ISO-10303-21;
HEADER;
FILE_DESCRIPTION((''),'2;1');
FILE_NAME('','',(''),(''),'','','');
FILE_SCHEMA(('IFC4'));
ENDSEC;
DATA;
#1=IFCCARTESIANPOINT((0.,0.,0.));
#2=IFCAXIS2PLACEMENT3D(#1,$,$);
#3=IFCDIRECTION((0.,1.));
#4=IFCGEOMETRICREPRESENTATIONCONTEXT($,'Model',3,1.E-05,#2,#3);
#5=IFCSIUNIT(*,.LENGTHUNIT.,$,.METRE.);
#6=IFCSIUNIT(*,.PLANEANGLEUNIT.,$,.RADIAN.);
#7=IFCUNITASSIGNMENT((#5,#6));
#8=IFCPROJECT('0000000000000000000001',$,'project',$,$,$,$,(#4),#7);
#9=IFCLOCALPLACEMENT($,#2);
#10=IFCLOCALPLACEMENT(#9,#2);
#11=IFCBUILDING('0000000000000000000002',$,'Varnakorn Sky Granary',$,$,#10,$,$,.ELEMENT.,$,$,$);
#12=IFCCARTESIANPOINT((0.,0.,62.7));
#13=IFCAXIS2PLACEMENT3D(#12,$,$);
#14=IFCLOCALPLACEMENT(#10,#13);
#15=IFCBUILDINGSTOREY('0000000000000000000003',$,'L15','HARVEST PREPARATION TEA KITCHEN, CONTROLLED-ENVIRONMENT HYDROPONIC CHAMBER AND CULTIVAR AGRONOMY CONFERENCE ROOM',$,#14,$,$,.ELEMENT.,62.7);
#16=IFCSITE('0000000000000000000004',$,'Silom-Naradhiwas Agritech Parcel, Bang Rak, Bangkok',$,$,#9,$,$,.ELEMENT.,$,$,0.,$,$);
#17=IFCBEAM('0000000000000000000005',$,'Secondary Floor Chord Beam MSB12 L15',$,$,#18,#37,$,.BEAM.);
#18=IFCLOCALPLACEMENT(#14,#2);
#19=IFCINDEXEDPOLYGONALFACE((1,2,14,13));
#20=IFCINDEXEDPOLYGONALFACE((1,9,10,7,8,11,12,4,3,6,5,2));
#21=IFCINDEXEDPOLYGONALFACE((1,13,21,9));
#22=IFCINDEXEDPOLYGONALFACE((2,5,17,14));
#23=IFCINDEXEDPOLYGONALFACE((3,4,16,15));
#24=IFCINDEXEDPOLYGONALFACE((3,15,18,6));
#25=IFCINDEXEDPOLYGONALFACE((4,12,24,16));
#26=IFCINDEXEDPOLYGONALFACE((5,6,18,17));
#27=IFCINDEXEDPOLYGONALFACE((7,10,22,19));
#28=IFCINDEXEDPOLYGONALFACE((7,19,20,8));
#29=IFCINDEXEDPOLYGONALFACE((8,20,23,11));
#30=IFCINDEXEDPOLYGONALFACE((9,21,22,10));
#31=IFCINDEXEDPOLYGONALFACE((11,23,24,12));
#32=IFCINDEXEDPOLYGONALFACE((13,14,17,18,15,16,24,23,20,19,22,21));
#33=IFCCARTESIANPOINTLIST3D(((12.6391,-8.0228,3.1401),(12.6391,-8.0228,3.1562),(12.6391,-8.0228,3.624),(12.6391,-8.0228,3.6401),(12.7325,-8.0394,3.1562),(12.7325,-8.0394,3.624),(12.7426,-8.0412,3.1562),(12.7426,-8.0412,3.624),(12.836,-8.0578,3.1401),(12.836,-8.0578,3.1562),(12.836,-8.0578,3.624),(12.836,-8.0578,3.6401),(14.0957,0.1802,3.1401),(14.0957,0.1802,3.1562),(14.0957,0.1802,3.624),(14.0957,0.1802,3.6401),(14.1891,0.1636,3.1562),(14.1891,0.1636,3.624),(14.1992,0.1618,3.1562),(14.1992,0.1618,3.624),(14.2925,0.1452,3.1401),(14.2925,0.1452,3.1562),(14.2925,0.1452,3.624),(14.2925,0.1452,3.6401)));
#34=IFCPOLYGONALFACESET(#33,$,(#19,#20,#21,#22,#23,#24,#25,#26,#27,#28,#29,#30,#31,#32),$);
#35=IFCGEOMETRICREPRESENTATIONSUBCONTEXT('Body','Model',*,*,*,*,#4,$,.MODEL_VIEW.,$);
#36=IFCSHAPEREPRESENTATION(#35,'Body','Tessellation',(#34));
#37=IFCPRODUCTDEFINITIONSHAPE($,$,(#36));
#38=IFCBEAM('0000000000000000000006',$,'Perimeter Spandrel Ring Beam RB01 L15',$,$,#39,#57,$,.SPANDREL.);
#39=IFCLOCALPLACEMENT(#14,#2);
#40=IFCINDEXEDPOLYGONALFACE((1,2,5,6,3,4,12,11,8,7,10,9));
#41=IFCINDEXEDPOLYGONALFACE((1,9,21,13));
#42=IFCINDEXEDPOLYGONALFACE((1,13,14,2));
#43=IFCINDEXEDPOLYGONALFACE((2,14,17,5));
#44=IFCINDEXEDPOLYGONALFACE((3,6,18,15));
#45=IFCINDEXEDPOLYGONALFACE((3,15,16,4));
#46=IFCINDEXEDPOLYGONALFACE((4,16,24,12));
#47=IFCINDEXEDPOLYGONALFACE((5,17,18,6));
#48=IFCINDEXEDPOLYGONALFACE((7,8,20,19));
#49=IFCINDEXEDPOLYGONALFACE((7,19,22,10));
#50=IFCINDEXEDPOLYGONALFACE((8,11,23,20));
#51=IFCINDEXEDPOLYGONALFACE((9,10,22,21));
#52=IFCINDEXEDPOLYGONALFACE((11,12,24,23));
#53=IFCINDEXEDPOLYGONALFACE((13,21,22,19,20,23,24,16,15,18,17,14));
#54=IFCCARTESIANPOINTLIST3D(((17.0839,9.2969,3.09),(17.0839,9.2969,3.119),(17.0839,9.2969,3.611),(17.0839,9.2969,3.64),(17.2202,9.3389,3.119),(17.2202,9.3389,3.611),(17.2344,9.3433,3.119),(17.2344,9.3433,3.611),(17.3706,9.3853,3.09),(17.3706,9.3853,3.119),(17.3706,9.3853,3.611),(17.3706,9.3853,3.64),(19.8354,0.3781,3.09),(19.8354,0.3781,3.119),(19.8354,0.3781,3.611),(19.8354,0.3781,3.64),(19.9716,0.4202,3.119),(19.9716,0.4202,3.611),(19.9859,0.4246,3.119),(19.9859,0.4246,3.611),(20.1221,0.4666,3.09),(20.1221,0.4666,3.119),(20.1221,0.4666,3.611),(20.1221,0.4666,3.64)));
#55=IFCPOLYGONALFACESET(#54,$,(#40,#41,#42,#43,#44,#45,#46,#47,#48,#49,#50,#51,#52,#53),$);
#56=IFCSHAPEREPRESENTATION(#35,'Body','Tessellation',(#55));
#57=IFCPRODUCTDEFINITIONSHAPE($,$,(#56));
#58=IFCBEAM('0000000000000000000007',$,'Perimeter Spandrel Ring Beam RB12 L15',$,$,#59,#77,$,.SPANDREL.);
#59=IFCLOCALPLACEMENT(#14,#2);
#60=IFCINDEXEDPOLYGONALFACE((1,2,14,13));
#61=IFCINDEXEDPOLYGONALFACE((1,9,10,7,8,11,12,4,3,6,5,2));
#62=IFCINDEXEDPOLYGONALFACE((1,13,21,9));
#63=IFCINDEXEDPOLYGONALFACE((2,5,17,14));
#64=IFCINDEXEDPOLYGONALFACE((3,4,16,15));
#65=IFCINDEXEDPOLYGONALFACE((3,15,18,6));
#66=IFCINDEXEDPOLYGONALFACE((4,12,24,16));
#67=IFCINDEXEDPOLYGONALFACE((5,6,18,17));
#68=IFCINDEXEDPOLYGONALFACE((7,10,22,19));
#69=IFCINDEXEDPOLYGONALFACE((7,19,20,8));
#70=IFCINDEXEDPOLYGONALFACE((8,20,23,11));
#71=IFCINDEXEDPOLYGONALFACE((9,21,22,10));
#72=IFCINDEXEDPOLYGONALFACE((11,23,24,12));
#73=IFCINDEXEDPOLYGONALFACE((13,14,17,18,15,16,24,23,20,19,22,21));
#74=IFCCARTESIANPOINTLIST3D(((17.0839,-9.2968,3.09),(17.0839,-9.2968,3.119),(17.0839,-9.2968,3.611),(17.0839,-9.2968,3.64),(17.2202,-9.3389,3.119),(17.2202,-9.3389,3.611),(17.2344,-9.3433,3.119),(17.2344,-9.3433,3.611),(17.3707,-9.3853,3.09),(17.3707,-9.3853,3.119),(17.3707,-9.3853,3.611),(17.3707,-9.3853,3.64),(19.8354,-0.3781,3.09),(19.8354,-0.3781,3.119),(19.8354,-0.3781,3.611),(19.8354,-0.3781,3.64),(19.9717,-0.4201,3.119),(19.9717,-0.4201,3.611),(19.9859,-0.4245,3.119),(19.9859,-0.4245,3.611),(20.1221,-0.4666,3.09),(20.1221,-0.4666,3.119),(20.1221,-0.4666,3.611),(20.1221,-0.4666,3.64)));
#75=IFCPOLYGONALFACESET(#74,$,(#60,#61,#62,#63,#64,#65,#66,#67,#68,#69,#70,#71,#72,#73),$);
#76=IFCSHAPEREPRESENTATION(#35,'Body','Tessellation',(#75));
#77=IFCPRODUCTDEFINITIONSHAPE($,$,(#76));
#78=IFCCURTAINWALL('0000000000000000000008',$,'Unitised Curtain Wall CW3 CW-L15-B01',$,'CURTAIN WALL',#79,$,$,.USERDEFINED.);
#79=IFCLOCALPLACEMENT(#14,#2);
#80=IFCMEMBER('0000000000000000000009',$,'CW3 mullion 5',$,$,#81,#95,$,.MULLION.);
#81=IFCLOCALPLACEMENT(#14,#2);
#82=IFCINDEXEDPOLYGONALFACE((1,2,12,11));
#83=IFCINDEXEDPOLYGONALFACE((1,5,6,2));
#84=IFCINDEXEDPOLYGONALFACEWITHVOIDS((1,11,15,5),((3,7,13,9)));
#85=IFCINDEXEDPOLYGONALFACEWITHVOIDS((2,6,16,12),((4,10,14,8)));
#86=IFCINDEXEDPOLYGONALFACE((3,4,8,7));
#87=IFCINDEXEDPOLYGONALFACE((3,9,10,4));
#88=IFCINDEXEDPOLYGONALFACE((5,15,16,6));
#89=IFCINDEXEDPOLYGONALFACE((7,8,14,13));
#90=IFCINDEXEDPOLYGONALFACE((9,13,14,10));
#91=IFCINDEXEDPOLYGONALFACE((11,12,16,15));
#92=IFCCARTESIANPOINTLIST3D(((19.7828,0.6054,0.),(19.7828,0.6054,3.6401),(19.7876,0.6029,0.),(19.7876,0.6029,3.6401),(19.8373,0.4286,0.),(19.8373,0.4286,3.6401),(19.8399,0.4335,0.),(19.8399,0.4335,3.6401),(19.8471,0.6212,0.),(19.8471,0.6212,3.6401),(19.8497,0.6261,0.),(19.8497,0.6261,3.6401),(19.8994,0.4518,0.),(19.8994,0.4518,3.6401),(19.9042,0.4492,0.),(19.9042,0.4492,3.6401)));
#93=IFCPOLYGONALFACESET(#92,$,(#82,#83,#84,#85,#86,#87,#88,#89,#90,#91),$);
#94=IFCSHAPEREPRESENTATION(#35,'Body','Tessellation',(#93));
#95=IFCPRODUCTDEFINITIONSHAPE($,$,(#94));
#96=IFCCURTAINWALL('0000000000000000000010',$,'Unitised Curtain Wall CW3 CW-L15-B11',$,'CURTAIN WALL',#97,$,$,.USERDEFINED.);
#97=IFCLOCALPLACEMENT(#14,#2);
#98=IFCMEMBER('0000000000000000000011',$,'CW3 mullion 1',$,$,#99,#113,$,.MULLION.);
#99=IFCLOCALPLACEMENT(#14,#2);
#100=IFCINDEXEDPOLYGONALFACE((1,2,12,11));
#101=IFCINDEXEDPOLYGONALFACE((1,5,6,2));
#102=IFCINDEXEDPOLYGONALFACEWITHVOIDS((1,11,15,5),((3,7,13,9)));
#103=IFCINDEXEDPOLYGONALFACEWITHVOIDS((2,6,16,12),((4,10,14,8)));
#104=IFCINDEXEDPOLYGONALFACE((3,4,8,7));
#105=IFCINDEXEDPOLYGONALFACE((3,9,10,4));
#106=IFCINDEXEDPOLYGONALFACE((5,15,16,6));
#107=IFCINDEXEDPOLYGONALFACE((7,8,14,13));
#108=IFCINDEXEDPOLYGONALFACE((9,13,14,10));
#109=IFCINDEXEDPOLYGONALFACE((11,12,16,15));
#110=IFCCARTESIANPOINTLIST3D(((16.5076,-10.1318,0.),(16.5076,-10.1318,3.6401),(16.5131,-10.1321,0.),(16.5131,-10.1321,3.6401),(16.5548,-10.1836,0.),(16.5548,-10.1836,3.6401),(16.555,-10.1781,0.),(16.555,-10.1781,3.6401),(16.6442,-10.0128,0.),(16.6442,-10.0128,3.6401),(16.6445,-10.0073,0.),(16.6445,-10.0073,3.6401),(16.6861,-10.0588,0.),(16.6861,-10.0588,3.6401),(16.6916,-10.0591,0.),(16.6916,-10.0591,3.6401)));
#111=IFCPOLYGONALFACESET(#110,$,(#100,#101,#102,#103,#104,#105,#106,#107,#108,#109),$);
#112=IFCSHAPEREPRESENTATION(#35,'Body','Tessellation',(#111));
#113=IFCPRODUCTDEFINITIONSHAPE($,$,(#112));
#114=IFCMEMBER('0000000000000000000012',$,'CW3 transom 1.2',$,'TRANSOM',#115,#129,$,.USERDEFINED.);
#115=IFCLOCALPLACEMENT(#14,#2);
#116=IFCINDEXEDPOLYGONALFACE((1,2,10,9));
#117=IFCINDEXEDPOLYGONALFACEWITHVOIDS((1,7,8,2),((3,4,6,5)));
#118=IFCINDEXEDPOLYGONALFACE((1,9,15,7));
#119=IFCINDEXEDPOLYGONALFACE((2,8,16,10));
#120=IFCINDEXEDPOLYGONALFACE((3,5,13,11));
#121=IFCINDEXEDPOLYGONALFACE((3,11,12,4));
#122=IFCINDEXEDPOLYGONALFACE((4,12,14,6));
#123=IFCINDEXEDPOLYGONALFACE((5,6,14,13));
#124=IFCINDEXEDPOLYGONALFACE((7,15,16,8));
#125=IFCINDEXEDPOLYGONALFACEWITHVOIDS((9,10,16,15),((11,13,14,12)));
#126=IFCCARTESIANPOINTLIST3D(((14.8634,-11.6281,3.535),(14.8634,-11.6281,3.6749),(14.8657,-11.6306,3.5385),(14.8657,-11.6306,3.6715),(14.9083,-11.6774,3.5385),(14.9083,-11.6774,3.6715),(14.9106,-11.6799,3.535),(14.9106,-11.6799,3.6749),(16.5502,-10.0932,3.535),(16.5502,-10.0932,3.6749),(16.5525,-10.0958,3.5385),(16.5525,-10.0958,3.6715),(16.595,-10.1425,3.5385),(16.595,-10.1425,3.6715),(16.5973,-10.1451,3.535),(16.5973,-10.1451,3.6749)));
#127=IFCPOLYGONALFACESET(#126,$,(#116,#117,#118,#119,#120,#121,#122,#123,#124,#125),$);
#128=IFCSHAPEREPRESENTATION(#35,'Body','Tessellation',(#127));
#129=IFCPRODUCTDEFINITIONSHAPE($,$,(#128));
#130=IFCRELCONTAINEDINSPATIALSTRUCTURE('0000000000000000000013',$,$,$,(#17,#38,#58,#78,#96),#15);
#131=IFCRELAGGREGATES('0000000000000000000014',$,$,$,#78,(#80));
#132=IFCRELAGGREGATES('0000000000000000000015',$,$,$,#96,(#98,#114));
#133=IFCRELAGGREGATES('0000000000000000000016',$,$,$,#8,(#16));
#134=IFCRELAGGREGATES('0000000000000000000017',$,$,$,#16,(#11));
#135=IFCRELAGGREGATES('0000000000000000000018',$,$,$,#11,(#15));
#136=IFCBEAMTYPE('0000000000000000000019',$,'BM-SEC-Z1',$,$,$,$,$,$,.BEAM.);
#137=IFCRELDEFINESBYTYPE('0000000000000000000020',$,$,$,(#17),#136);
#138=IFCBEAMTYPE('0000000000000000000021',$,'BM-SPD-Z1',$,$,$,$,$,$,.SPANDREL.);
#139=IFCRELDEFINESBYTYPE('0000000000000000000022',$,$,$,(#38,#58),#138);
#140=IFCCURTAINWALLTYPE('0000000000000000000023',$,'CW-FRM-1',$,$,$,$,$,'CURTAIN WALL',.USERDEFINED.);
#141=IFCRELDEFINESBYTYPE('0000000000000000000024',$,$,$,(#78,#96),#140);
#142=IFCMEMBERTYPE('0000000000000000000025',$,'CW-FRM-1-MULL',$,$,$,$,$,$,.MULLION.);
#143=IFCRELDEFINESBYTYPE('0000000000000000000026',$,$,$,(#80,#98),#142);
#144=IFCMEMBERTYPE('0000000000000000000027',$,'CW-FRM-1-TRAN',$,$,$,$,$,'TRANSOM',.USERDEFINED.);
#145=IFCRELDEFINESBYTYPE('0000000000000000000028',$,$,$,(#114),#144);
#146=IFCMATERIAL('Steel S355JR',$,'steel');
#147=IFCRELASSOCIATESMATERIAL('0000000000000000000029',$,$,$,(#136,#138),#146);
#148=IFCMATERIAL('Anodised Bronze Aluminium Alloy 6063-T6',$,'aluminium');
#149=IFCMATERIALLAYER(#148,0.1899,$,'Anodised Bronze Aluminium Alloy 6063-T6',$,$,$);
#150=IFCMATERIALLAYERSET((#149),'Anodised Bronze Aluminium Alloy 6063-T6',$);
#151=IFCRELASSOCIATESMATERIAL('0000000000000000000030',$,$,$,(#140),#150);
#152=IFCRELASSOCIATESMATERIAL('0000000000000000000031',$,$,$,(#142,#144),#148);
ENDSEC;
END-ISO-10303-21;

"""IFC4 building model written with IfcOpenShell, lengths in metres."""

from ifc_helpers import new_model, si_unit, direction, frame, origin, origin_2d, place, context, subcontext, project, spatial, hollow_rectangle, i_section, extrude, material, layer, layer_set, material_profile, profile_set, type_object, element, aggregate, save


model = new_model("IFC4")

# Units and contexts
model_context = context("Model", 3, precision=1e-05, world=origin(), true_north=direction((0.0, 1.0)))
body_context = subcontext(model_context, "Body", "Model", "MODEL_VIEW")
ifc_project = project(units=[si_unit("LENGTHUNIT", "METRE"), si_unit("PLANEANGLEUNIT", "RADIAN")], contexts=[model_context])

# Site, building, storey
site_placement = place(None, origin())
site = spatial("IfcSite", under=ifc_project, at=site_placement, Name="Silom-Naradhiwas Agritech Parcel, Bang Rak, Bangkok", CompositionType="ELEMENT", RefElevation=0.0)
building_placement = place(site_placement, origin())
building = spatial("IfcBuilding", under=site, at=building_placement, Name="Varnakorn Sky Granary", CompositionType="ELEMENT")
storey_placement = place(building_placement, frame((0.0, 0.0, 62.7)))
storey = spatial("IfcBuildingStorey", under=building, at=storey_placement, Name="L15", Description="HARVEST PREPARATION TEA KITCHEN, CONTROLLED-ENVIRONMENT HYDROPONIC CHAMBER AND CULTIVAR AGRONOMY CONFERENCE ROOM", CompositionType="ELEMENT", Elevation=62.7)

# Beams
ifc_material_1 = material(Name="Steel S355JR", Category="steel")
ifc_material_profile_1 = material_profile(ifc_material_1, i_section(OverallWidth=0.2, OverallDepth=0.5, WebThickness=0.0103, FlangeThickness=0.0161, at=origin_2d()), Name="IPE 500")
ifc_profile_set_1 = profile_set([ifc_material_profile_1], Name="Steel S355JR")
beam_type_1 = type_object("IfcBeamType", Name="BM-SEC-Z1", PredefinedType="BEAM", material=ifc_profile_set_1)
beam_1_placement = place(storey_placement, frame((12.7375, -8.0403, 3.3901), z_axis=(0.17483, 0.984599, 0.0), x_axis=(-0.984599, 0.17483, 0.0)))
element("IfcBeam", 1, at=beam_1_placement, inside=storey, type_object=beam_type_1, Name="Secondary Floor Chord Beam MSB12 L15", PredefinedType="BEAM", context=body_context, shape_type="SweptSolid", body=[
    extrude(i_section(OverallWidth=0.2, OverallDepth=0.5, WebThickness=0.0103, FlangeThickness=0.0161, at=origin_2d()), origin(), (0.0, 0.0, 1.0), 8.3313),
])
ifc_material_profile_2 = material_profile(ifc_material_1, i_section(OverallWidth=0.3, OverallDepth=0.55, WebThickness=0.0149, FlangeThickness=0.0291, at=origin_2d()), Name="HE 550 B")
ifc_profile_set_2 = profile_set([ifc_material_profile_2], Name="Steel S355JR")
beam_type_2 = type_object("IfcBeamType", Name="BM-SPD-Z1", PredefinedType="SPANDREL", material=ifc_profile_set_2)
for number, where, z_axis, x_axis, name in (
    (2, (19.9788, 0.4224, 3.365), (-0.294795, 0.95556, 0.0), (-0.95556, -0.294795, 0.0), "Perimeter Spandrel Ring Beam RB01 L15"),
    (3, (17.2273, -9.3411, 3.365), (0.294795, 0.95556, 0.0), (-0.95556, 0.294795, 0.0), "Perimeter Spandrel Ring Beam RB12 L15"),
):
    element("IfcBeam", number, at=place(storey_placement, frame(where, z_axis=z_axis, x_axis=x_axis)), inside=storey, type_object=beam_type_2, Name=name, PredefinedType="SPANDREL", context=body_context, shape_type="SweptSolid", body=[
        extrude(i_section(OverallWidth=0.3, OverallDepth=0.55, WebThickness=0.0149, FlangeThickness=0.0291, at=origin_2d()), origin(), (0.0, 0.0, 1.0), 9.3335),
    ])

# Curtain wall, member
ifc_material_2 = material(Name="Anodised Bronze Aluminium Alloy 6063-T6", Category="aluminium")
ifc_layer_1 = layer(ifc_material_2, 0.1899, Name="Anodised Bronze Aluminium Alloy 6063-T6")
ifc_layer_set_1 = layer_set([ifc_layer_1], Name="Anodised Bronze Aluminium Alloy 6063-T6")
curtain_wall_type = type_object("IfcCurtainWallType", Name="CW-FRM-1", ElementType="CURTAIN WALL", PredefinedType="USERDEFINED", material=ifc_layer_set_1)
curtain_wall_1_placement = place(storey_placement, origin())
curtain_wall_1 = element("IfcCurtainWall", 4, at=curtain_wall_1_placement, inside=storey, type_object=curtain_wall_type, Name="Unitised Curtain Wall CW3 CW-L15-B01", ObjectType="CURTAIN WALL", PredefinedType="USERDEFINED")
ifc_material_profile_3 = material_profile(ifc_material_2, hollow_rectangle(XDim=0.0701, YDim=0.1851, WallThickness=0.0039, at=origin_2d()), Name="ALU MULL 70x185")
ifc_profile_set_3 = profile_set([ifc_material_profile_3], Name="Anodised Bronze Aluminium Alloy 6063-T6")
member_type_1 = type_object("IfcMemberType", Name="CW-FRM-1-MULL", PredefinedType="MULLION", material=ifc_profile_set_3)
member_1_placement = place(storey_placement, frame((19.8435, 0.5273, 0.0), z_axis=(0.0, 0.0, 1.0), x_axis=(0.955607, 0.294645, 0.0)))
member_1 = element("IfcMember", 5, at=member_1_placement, type_object=member_type_1, Name="CW3 mullion 5", PredefinedType="MULLION", context=body_context, shape_type="SweptSolid", body=[
    extrude(hollow_rectangle(XDim=0.0701, YDim=0.1851, WallThickness=0.0039, at=origin_2d()), origin(), (0.0, 0.0, 1.0), 3.6401),
])
aggregate(curtain_wall_1, [member_1])

# Curtain wall, members
curtain_wall_2_placement = place(storey_placement, origin())
curtain_wall_2 = element("IfcCurtainWall", 6, at=curtain_wall_2_placement, inside=storey, type_object=curtain_wall_type, Name="Unitised Curtain Wall CW3 CW-L15-B11", ObjectType="CURTAIN WALL", PredefinedType="USERDEFINED")
member_2_placement = place(storey_placement, frame((16.5996, -10.0955, 0.0), z_axis=(0.0, 0.0, 1.0), x_axis=(0.673051, -0.739596, 0.0)))
member_2 = element("IfcMember", 7, at=member_2_placement, type_object=member_type_1, Name="CW3 mullion 1", PredefinedType="MULLION", context=body_context, shape_type="SweptSolid", body=[
    extrude(hollow_rectangle(XDim=0.0701, YDim=0.1851, WallThickness=0.0039, at=origin_2d()), origin(), (0.0, 0.0, 1.0), 3.6401),
])
ifc_material_profile_4 = material_profile(ifc_material_2, hollow_rectangle(XDim=0.0701, YDim=0.1399, WallThickness=0.0034, at=origin_2d()), Name="ALU TRAN 70x140")
ifc_profile_set_4 = profile_set([ifc_material_profile_4], Name="Anodised Bronze Aluminium Alloy 6063-T6")
member_type_2 = type_object("IfcMemberType", Name="CW-FRM-1-TRAN", ElementType="TRANSOM", PredefinedType="USERDEFINED", material=ifc_profile_set_4)
member_3_placement = place(storey_placement, frame((16.5737, -10.1191, 3.605), z_axis=(-0.739615, -0.67303, 0.0), x_axis=(0.67303, -0.739615, 0.0)))
member_3 = element("IfcMember", 8, at=member_3_placement, type_object=member_type_2, Name="CW3 transom 1.2", ObjectType="TRANSOM", PredefinedType="USERDEFINED", context=body_context, shape_type="SweptSolid", body=[
    extrude(hollow_rectangle(XDim=0.0701, YDim=0.1399, WallThickness=0.0034, at=origin_2d()), origin(), (0.0, 0.0, 1.0), 2.2805),
])
aggregate(curtain_wall_2, [member_2, member_3])

save(model, "model.ifc")
